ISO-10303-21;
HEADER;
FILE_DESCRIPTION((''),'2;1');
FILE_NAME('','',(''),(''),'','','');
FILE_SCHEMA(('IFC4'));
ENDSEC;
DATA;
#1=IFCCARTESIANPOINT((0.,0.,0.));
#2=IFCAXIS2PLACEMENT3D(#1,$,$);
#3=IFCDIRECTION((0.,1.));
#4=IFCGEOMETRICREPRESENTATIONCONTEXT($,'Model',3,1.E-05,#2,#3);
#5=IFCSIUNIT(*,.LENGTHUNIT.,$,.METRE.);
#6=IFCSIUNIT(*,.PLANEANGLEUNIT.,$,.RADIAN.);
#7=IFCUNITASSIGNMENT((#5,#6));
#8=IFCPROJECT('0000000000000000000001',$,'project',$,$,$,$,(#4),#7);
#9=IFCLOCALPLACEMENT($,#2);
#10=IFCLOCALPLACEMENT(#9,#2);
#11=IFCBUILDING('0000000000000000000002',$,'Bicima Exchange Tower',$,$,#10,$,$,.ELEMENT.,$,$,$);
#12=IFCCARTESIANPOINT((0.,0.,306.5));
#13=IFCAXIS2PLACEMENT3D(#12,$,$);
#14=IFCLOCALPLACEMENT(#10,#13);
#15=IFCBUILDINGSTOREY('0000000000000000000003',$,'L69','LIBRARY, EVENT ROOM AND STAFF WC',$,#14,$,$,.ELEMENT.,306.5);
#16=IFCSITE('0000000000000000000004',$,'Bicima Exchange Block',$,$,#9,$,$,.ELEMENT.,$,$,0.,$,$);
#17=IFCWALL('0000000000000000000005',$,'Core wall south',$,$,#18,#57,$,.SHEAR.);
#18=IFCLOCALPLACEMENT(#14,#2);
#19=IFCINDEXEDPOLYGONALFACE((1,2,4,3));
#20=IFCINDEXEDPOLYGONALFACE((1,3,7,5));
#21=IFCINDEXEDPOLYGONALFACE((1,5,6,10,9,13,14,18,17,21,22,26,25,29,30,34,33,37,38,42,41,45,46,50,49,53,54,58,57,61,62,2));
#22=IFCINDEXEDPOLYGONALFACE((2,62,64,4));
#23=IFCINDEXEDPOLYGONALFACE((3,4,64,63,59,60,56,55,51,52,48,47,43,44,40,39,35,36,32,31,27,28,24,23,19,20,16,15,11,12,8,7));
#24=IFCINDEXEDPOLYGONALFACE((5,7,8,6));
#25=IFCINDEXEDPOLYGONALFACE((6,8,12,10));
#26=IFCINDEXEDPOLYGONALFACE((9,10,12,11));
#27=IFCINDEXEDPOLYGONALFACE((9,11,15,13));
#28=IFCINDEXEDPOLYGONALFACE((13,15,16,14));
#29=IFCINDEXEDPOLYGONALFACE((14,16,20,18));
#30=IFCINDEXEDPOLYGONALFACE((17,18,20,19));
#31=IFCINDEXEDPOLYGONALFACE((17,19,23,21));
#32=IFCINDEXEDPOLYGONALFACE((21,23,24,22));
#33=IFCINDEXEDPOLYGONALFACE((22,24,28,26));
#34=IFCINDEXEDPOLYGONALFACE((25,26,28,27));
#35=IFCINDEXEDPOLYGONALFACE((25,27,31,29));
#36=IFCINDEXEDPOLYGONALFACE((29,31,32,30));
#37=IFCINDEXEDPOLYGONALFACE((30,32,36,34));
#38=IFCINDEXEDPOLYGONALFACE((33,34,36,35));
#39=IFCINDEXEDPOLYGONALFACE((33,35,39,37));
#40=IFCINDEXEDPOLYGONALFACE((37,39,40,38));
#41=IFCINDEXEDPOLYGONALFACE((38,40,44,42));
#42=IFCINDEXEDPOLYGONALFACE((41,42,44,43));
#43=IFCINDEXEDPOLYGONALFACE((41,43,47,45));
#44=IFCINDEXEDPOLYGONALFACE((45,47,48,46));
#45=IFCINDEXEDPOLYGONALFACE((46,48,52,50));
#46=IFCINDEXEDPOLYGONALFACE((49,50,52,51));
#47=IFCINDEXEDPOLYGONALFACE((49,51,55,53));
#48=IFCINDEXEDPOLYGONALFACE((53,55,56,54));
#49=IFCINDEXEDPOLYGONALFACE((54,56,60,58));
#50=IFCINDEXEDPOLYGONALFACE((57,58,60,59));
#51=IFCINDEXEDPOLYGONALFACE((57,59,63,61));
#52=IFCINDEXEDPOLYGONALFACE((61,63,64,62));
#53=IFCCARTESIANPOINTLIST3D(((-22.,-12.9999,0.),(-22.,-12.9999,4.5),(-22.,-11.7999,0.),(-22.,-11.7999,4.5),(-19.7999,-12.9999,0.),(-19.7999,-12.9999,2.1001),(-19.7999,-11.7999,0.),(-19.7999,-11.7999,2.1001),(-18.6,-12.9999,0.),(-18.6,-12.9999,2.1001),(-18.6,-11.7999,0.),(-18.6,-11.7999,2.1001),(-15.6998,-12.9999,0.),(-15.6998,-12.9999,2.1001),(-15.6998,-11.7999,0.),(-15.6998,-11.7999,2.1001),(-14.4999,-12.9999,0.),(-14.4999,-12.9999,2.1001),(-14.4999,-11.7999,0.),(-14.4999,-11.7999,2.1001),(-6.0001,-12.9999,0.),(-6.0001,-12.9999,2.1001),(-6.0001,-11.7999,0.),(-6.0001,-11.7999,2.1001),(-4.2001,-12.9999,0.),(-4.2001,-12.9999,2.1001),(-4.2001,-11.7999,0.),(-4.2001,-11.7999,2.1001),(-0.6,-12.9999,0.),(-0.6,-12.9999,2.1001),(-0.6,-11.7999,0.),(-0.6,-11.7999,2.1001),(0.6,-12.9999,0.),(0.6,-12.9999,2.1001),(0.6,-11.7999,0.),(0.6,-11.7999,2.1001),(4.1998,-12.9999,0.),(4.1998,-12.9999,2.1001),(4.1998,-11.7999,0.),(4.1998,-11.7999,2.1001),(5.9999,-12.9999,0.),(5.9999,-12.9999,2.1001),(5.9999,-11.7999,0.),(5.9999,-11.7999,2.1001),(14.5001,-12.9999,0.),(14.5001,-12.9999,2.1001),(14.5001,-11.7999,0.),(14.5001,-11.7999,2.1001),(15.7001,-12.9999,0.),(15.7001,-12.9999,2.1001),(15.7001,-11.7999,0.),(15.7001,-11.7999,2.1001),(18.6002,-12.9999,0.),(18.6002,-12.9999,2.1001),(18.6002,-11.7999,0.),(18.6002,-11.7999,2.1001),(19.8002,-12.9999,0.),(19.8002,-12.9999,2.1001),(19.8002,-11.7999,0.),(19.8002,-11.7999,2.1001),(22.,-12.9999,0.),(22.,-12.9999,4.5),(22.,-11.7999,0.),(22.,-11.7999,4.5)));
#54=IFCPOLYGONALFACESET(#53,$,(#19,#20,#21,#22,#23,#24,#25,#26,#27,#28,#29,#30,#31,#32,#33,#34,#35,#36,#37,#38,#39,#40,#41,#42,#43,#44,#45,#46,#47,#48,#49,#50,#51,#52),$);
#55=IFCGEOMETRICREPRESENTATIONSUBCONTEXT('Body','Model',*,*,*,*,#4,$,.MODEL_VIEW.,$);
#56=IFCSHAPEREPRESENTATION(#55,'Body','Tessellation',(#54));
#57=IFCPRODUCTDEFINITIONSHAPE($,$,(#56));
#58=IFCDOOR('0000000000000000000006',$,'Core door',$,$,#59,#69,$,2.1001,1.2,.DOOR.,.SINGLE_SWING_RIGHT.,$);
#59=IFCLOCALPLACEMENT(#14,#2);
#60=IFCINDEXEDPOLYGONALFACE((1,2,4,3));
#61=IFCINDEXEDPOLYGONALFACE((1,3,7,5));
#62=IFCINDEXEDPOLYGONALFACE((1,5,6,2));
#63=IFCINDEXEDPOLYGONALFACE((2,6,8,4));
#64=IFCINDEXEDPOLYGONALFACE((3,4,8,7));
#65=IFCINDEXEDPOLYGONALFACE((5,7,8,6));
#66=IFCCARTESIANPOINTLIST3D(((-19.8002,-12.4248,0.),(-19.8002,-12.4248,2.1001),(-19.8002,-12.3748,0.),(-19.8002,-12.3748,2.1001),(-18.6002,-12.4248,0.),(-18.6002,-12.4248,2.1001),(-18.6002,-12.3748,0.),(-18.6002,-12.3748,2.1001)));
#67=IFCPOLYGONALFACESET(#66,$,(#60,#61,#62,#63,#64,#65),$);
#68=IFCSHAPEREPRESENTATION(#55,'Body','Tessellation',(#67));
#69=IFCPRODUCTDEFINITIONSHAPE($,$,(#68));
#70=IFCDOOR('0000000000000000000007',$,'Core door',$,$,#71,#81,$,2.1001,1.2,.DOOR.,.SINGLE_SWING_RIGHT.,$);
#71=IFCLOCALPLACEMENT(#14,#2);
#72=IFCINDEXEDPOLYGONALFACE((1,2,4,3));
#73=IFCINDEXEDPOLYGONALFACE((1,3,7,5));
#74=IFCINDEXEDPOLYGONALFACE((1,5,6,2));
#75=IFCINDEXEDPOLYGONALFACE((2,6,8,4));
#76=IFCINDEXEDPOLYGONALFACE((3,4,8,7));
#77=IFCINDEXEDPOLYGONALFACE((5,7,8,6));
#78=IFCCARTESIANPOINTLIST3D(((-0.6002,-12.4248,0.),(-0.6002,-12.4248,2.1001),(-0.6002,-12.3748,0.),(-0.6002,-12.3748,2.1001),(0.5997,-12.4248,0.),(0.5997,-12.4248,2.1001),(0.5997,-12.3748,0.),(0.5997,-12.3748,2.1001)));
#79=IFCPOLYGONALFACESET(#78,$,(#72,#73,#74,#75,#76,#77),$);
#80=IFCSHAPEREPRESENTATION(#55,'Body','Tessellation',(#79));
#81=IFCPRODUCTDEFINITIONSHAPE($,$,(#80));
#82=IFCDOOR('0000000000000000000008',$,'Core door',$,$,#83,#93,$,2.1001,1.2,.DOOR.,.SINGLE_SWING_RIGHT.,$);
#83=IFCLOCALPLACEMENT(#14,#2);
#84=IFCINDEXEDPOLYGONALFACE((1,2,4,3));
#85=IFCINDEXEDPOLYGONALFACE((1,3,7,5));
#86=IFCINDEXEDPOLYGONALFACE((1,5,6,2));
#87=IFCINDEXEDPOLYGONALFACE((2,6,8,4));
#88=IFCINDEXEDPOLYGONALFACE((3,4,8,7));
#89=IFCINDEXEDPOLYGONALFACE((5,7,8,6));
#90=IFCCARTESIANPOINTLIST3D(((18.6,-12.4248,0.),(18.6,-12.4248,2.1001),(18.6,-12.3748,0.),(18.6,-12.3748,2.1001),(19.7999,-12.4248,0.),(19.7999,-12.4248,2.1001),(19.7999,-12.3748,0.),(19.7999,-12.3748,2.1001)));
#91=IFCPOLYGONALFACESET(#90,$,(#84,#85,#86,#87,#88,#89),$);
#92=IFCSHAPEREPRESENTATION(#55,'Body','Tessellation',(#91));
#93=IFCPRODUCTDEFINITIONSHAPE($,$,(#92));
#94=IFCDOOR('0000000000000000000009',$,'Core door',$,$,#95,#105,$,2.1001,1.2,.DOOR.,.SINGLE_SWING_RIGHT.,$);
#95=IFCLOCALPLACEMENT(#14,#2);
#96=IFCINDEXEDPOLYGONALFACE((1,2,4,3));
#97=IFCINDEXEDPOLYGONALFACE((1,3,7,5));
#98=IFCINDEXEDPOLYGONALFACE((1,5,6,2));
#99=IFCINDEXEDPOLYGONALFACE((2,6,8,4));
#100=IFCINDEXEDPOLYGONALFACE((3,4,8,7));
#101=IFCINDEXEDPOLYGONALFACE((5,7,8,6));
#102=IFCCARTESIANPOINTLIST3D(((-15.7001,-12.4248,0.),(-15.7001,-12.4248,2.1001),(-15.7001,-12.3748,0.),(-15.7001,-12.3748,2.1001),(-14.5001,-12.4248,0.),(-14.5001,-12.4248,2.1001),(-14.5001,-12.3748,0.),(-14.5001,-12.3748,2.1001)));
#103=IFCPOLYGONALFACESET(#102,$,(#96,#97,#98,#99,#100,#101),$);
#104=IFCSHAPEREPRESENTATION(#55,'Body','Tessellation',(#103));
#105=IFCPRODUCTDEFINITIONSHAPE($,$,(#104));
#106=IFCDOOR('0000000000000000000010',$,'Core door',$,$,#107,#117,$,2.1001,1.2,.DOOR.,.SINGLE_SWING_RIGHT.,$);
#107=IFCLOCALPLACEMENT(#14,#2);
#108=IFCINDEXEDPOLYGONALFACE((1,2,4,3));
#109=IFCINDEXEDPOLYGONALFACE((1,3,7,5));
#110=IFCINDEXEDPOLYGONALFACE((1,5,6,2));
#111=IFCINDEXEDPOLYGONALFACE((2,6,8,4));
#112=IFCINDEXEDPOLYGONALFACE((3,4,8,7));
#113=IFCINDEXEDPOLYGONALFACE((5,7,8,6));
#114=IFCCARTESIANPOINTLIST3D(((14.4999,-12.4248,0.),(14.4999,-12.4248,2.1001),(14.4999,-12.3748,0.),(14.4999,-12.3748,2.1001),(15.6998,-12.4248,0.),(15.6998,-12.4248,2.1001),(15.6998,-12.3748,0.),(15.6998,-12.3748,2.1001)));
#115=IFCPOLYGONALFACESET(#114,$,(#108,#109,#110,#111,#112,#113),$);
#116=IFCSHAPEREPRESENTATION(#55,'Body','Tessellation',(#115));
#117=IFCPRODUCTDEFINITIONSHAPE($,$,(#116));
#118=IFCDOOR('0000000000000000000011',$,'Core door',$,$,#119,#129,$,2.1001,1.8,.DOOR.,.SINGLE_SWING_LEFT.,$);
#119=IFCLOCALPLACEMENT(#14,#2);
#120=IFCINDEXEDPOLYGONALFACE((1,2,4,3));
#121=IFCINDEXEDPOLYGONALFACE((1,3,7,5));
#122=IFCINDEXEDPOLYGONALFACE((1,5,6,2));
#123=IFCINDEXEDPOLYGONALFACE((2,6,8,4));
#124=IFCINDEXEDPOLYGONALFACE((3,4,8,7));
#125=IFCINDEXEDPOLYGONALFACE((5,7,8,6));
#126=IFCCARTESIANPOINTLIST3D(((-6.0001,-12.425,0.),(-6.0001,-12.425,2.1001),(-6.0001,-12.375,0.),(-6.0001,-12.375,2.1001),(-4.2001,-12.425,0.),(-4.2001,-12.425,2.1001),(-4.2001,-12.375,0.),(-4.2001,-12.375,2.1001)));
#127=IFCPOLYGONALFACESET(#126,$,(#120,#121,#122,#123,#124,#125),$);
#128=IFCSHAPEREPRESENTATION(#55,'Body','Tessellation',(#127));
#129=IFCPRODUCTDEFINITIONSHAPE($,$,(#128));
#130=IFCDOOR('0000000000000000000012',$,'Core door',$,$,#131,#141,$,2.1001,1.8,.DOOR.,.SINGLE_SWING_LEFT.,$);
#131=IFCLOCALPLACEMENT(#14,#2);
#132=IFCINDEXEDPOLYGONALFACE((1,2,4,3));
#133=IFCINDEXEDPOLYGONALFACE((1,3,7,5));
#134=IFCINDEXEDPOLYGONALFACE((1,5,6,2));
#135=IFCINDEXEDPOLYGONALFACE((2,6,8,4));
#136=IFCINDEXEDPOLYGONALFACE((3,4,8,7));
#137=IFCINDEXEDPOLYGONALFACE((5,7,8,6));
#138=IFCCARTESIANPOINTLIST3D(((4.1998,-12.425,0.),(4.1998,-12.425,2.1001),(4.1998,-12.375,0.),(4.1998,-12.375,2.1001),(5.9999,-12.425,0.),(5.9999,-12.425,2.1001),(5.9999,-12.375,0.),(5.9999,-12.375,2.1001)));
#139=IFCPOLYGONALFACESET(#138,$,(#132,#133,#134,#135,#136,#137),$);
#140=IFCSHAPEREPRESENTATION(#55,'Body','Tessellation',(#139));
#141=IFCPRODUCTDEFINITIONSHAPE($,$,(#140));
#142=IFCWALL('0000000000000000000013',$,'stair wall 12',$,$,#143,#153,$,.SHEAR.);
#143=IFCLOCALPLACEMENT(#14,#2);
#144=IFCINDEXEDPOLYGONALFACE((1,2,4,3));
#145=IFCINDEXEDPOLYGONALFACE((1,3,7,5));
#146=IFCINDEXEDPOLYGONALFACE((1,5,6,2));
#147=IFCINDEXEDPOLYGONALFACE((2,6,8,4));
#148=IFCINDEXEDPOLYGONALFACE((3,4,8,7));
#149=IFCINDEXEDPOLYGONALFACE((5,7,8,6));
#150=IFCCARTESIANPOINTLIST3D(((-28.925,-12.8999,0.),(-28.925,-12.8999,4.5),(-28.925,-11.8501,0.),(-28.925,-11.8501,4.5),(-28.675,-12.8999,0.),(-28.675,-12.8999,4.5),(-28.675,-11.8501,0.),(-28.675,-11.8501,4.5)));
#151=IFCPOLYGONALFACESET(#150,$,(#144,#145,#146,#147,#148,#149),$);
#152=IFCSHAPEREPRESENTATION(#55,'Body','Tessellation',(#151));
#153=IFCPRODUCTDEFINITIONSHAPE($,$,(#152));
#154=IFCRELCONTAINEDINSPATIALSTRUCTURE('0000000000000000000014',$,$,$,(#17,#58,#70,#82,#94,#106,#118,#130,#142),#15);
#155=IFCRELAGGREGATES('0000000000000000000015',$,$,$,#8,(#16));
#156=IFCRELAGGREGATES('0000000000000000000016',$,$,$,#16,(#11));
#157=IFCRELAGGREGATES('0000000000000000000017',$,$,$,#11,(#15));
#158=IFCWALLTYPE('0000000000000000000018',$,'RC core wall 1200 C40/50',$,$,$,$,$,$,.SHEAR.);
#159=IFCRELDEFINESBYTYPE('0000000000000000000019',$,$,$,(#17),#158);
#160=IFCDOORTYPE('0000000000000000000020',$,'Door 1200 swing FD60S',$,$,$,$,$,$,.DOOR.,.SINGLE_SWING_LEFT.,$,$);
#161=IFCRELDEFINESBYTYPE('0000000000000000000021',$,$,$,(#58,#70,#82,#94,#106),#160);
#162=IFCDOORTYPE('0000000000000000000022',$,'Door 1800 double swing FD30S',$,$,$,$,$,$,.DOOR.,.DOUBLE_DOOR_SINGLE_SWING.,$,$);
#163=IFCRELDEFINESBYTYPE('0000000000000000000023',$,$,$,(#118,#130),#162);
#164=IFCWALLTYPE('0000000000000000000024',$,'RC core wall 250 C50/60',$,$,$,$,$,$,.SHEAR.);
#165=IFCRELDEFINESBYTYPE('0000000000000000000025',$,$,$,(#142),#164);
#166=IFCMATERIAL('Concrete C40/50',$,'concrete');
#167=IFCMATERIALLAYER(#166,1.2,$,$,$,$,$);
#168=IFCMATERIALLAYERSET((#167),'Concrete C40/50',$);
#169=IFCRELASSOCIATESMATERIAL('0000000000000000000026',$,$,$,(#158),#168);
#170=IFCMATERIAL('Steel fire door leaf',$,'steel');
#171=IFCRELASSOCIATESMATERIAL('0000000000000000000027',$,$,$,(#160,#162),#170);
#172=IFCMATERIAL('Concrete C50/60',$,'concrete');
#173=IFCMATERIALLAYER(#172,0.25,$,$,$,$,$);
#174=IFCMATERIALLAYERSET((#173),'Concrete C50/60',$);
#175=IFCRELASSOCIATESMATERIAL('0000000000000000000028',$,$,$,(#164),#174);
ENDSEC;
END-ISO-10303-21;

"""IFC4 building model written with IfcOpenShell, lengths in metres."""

from ifc_helpers import new_model, si_unit, direction, frame, frame_2d, origin, place, context, subcontext, project, spatial, rectangle, extrude, material, layer, layer_set, type_object, element, fill, save


model = new_model("IFC4")

# Units and contexts
model_context = context("Model", 3, precision=1e-05, world=origin(), true_north=direction((0.0, 1.0)))
body_context = subcontext(model_context, "Body", "Model", "MODEL_VIEW")
ifc_project = project(units=[si_unit("LENGTHUNIT", "METRE"), si_unit("PLANEANGLEUNIT", "RADIAN")], contexts=[model_context])

# Site, building, storey
site_placement = place(None, origin())
site = spatial("IfcSite", under=ifc_project, at=site_placement, Name="Bicima Exchange Block", CompositionType="ELEMENT", RefElevation=0.0)
building_placement = place(site_placement, origin())
building = spatial("IfcBuilding", under=site, at=building_placement, Name="Bicima Exchange Tower", CompositionType="ELEMENT")
storey_placement = place(building_placement, frame((0.0, 0.0, 306.5)))
storey = spatial("IfcBuildingStorey", under=building, at=storey_placement, Name="L69", Description="LIBRARY, EVENT ROOM AND STAFF WC", CompositionType="ELEMENT", Elevation=306.5)

# Wall, openings, doors
ifc_material_1 = material(Name="Concrete C40/50", Category="concrete")
ifc_layer_1 = layer(ifc_material_1, 1.2)
ifc_layer_set_1 = layer_set([ifc_layer_1], Name="Concrete C40/50")
wall_type_1 = type_object("IfcWallType", Name="RC core wall 1200 C40/50", PredefinedType="SHEAR", material=ifc_layer_set_1)
wall_1_placement = place(storey_placement, frame((-22.0, -12.3999, 0.0), z_axis=(0.0, 0.0, 1.0), x_axis=(1.0, 0.0, 0.0)))
wall_1 = element("IfcWall", 1, at=wall_1_placement, inside=storey, type_object=wall_type_1, Name="Core wall south", PredefinedType="SHEAR", context=body_context, shape_type="SweptSolid", body=[
    extrude(rectangle(XDim=44.0, YDim=1.2, at=frame_2d((22.0, 0.0))), origin(), (0.0, 0.0, 1.0), 4.5),
])
opening_1_placement = place(wall_1_placement, frame((2.2, 0.0, 0.0)))
opening_1 = element("IfcOpeningElement", 2, at=opening_1_placement, cuts=wall_1, PredefinedType="OPENING", context=body_context, shape_type="SweptSolid", body=[
    extrude(rectangle(XDim=1.2, YDim=2.1001, at=frame_2d((0.6001, 1.05))), frame((0.0, 0.6118, 0.0), z_axis=(0.0, -1.0, 0.0), x_axis=(1.0, 0.0, 0.0)), (0.0, 0.0, 1.0), 1.2239),
])
opening_2_placement = place(wall_1_placement, frame((21.3999, 0.0, 0.0)))
opening_2 = element("IfcOpeningElement", 3, at=opening_2_placement, cuts=wall_1, PredefinedType="OPENING", context=body_context, shape_type="SweptSolid", body=[
    extrude(rectangle(XDim=1.2, YDim=2.1001, at=frame_2d((0.6001, 1.05))), frame((0.0, 0.6118, 0.0), z_axis=(0.0, -1.0, 0.0), x_axis=(1.0, 0.0, 0.0)), (0.0, 0.0, 1.0), 1.2239),
])
opening_3_placement = place(wall_1_placement, frame((40.6001, 0.0, 0.0)))
opening_3 = element("IfcOpeningElement", 4, at=opening_3_placement, cuts=wall_1, PredefinedType="OPENING", context=body_context, shape_type="SweptSolid", body=[
    extrude(rectangle(XDim=1.2, YDim=2.1001, at=frame_2d((0.6001, 1.05))), frame((0.0, 0.6118, 0.0), z_axis=(0.0, -1.0, 0.0), x_axis=(1.0, 0.0, 0.0)), (0.0, 0.0, 1.0), 1.2239),
])
opening_4_placement = place(wall_1_placement, frame((16.0, 0.0, 0.0)))
opening_4 = element("IfcOpeningElement", 5, at=opening_4_placement, cuts=wall_1, PredefinedType="OPENING", context=body_context, shape_type="SweptSolid", body=[
    extrude(rectangle(XDim=1.8, YDim=2.1001, at=frame_2d((0.8999, 1.05))), frame((0.0, 0.6118, 0.0), z_axis=(0.0, -1.0, 0.0), x_axis=(1.0, 0.0, 0.0)), (0.0, 0.0, 1.0), 1.2239),
])
opening_5_placement = place(wall_1_placement, frame((6.3, 0.0, 0.0)))
opening_5 = element("IfcOpeningElement", 6, at=opening_5_placement, cuts=wall_1, PredefinedType="OPENING", context=body_context, shape_type="SweptSolid", body=[
    extrude(rectangle(XDim=1.2, YDim=2.1001, at=frame_2d((0.6001, 1.05))), frame((0.0, 0.6118, 0.0), z_axis=(0.0, -1.0, 0.0), x_axis=(1.0, 0.0, 0.0)), (0.0, 0.0, 1.0), 1.2239),
])
opening_6_placement = place(wall_1_placement, frame((26.2, 0.0, 0.0)))
opening_6 = element("IfcOpeningElement", 7, at=opening_6_placement, cuts=wall_1, PredefinedType="OPENING", context=body_context, shape_type="SweptSolid", body=[
    extrude(rectangle(XDim=1.8, YDim=2.1001, at=frame_2d((0.8999, 1.05))), frame((0.0, 0.6118, 0.0), z_axis=(0.0, -1.0, 0.0), x_axis=(1.0, 0.0, 0.0)), (0.0, 0.0, 1.0), 1.2239),
])
opening_7_placement = place(wall_1_placement, frame((36.5, 0.0, 0.0)))
opening_7 = element("IfcOpeningElement", 8, at=opening_7_placement, cuts=wall_1, PredefinedType="OPENING", context=body_context, shape_type="SweptSolid", body=[
    extrude(rectangle(XDim=1.2, YDim=2.1001, at=frame_2d((0.6001, 1.05))), frame((0.0, 0.6118, 0.0), z_axis=(0.0, -1.0, 0.0), x_axis=(1.0, 0.0, 0.0)), (0.0, 0.0, 1.0), 1.2239),
])
ifc_material_2 = material(Name="Steel fire door leaf", Category="steel")
door_type_1 = type_object("IfcDoorType", Name="Door 1200 swing FD60S", OperationType="SINGLE_SWING_LEFT", PredefinedType="DOOR", material=ifc_material_2)
door_1_placement = place(opening_1_placement, frame((1.2, 0.0, 0.0), z_axis=(0.0, 0.0, 1.0), x_axis=(-1.0, 0.0, 0.0)))
door_1 = element("IfcDoor", 9, at=door_1_placement, inside=storey, type_object=door_type_1, Name="Core door", OperationType="SINGLE_SWING_RIGHT", OverallHeight=2.1001, OverallWidth=1.2, PredefinedType="DOOR", context=body_context, shape_type="SweptSolid", body=[
    extrude(rectangle(XDim=1.2, YDim=2.1001, at=frame_2d((0.6001, 1.05))), frame((0.0, 0.0249, 0.0), z_axis=(0.0, -1.0, 0.0), x_axis=(1.0, 0.0, 0.0)), (0.0, 0.0, 1.0), 0.05),
])
fill(opening_1, door_1)
door_2_placement = place(opening_2_placement, frame((1.2, 0.0, 0.0), z_axis=(0.0, 0.0, 1.0), x_axis=(-1.0, 0.0, 0.0)))
door_2 = element("IfcDoor", 10, at=door_2_placement, inside=storey, type_object=door_type_1, Name="Core door", OperationType="SINGLE_SWING_RIGHT", OverallHeight=2.1001, OverallWidth=1.2, PredefinedType="DOOR", context=body_context, shape_type="SweptSolid", body=[
    extrude(rectangle(XDim=1.2, YDim=2.1001, at=frame_2d((0.6001, 1.05))), frame((0.0, 0.0249, 0.0), z_axis=(0.0, -1.0, 0.0), x_axis=(1.0, 0.0, 0.0)), (0.0, 0.0, 1.0), 0.05),
])
fill(opening_2, door_2)
door_3_placement = place(opening_3_placement, frame((1.2, 0.0, 0.0), z_axis=(0.0, 0.0, 1.0), x_axis=(-1.0, 0.0, 0.0)))
door_3 = element("IfcDoor", 11, at=door_3_placement, inside=storey, type_object=door_type_1, Name="Core door", OperationType="SINGLE_SWING_RIGHT", OverallHeight=2.1001, OverallWidth=1.2, PredefinedType="DOOR", context=body_context, shape_type="SweptSolid", body=[
    extrude(rectangle(XDim=1.2, YDim=2.1001, at=frame_2d((0.6001, 1.05))), frame((0.0, 0.0249, 0.0), z_axis=(0.0, -1.0, 0.0), x_axis=(1.0, 0.0, 0.0)), (0.0, 0.0, 1.0), 0.05),
])
fill(opening_3, door_3)
door_4_placement = place(opening_5_placement, frame((1.2, 0.0, 0.0), z_axis=(0.0, 0.0, 1.0), x_axis=(-1.0, 0.0, 0.0)))
door_4 = element("IfcDoor", 12, at=door_4_placement, inside=storey, type_object=door_type_1, Name="Core door", OperationType="SINGLE_SWING_RIGHT", OverallHeight=2.1001, OverallWidth=1.2, PredefinedType="DOOR", context=body_context, shape_type="SweptSolid", body=[
    extrude(rectangle(XDim=1.2, YDim=2.1001, at=frame_2d((0.6001, 1.05))), frame((0.0, 0.0249, 0.0), z_axis=(0.0, -1.0, 0.0), x_axis=(1.0, 0.0, 0.0)), (0.0, 0.0, 1.0), 0.05),
])
fill(opening_5, door_4)
door_5_placement = place(opening_7_placement, frame((1.2, 0.0, 0.0), z_axis=(0.0, 0.0, 1.0), x_axis=(-1.0, 0.0, 0.0)))
door_5 = element("IfcDoor", 13, at=door_5_placement, inside=storey, type_object=door_type_1, Name="Core door", OperationType="SINGLE_SWING_RIGHT", OverallHeight=2.1001, OverallWidth=1.2, PredefinedType="DOOR", context=body_context, shape_type="SweptSolid", body=[
    extrude(rectangle(XDim=1.2, YDim=2.1001, at=frame_2d((0.6001, 1.05))), frame((0.0, 0.0249, 0.0), z_axis=(0.0, -1.0, 0.0), x_axis=(1.0, 0.0, 0.0)), (0.0, 0.0, 1.0), 0.05),
])
fill(opening_7, door_5)
door_type_2 = type_object("IfcDoorType", Name="Door 1800 double swing FD30S", OperationType="DOUBLE_DOOR_SINGLE_SWING", PredefinedType="DOOR", material=ifc_material_2)
door_6_placement = place(opening_4_placement, origin())
door_6 = element("IfcDoor", 14, at=door_6_placement, inside=storey, type_object=door_type_2, Name="Core door", OperationType="SINGLE_SWING_LEFT", OverallHeight=2.1001, OverallWidth=1.8, PredefinedType="DOOR", context=body_context, shape_type="SweptSolid", body=[
    extrude(rectangle(XDim=1.8, YDim=2.1001, at=frame_2d((0.8999, 1.05))), frame((0.0, 0.0249, 0.0), z_axis=(0.0, -1.0, 0.0), x_axis=(1.0, 0.0, 0.0)), (0.0, 0.0, 1.0), 0.05),
])
fill(opening_4, door_6)
door_7_placement = place(opening_6_placement, origin())
door_7 = element("IfcDoor", 15, at=door_7_placement, inside=storey, type_object=door_type_2, Name="Core door", OperationType="SINGLE_SWING_LEFT", OverallHeight=2.1001, OverallWidth=1.8, PredefinedType="DOOR", context=body_context, shape_type="SweptSolid", body=[
    extrude(rectangle(XDim=1.8, YDim=2.1001, at=frame_2d((0.8999, 1.05))), frame((0.0, 0.0249, 0.0), z_axis=(0.0, -1.0, 0.0), x_axis=(1.0, 0.0, 0.0)), (0.0, 0.0, 1.0), 0.05),
])
fill(opening_6, door_7)

# Wall
ifc_material_3 = material(Name="Concrete C50/60", Category="concrete")
ifc_layer_2 = layer(ifc_material_3, 0.25)
ifc_layer_set_2 = layer_set([ifc_layer_2], Name="Concrete C50/60")
wall_type_2 = type_object("IfcWallType", Name="RC core wall 250 C50/60", PredefinedType="SHEAR", material=ifc_layer_set_2)
wall_2_placement = place(storey_placement, frame((-28.8, -12.8999, 0.0), z_axis=(0.0, 0.0, 1.0), x_axis=(0.0, 1.0, 0.0)))
element("IfcWall", 16, at=wall_2_placement, inside=storey, type_object=wall_type_2, Name="stair wall 12", PredefinedType="SHEAR", context=body_context, shape_type="SweptSolid", body=[
    extrude(rectangle(XDim=1.0498, YDim=0.25, at=frame_2d((0.5249, 0.0))), origin(), (0.0, 0.0, 1.0), 4.5),
])

save(model, "model.ifc")
